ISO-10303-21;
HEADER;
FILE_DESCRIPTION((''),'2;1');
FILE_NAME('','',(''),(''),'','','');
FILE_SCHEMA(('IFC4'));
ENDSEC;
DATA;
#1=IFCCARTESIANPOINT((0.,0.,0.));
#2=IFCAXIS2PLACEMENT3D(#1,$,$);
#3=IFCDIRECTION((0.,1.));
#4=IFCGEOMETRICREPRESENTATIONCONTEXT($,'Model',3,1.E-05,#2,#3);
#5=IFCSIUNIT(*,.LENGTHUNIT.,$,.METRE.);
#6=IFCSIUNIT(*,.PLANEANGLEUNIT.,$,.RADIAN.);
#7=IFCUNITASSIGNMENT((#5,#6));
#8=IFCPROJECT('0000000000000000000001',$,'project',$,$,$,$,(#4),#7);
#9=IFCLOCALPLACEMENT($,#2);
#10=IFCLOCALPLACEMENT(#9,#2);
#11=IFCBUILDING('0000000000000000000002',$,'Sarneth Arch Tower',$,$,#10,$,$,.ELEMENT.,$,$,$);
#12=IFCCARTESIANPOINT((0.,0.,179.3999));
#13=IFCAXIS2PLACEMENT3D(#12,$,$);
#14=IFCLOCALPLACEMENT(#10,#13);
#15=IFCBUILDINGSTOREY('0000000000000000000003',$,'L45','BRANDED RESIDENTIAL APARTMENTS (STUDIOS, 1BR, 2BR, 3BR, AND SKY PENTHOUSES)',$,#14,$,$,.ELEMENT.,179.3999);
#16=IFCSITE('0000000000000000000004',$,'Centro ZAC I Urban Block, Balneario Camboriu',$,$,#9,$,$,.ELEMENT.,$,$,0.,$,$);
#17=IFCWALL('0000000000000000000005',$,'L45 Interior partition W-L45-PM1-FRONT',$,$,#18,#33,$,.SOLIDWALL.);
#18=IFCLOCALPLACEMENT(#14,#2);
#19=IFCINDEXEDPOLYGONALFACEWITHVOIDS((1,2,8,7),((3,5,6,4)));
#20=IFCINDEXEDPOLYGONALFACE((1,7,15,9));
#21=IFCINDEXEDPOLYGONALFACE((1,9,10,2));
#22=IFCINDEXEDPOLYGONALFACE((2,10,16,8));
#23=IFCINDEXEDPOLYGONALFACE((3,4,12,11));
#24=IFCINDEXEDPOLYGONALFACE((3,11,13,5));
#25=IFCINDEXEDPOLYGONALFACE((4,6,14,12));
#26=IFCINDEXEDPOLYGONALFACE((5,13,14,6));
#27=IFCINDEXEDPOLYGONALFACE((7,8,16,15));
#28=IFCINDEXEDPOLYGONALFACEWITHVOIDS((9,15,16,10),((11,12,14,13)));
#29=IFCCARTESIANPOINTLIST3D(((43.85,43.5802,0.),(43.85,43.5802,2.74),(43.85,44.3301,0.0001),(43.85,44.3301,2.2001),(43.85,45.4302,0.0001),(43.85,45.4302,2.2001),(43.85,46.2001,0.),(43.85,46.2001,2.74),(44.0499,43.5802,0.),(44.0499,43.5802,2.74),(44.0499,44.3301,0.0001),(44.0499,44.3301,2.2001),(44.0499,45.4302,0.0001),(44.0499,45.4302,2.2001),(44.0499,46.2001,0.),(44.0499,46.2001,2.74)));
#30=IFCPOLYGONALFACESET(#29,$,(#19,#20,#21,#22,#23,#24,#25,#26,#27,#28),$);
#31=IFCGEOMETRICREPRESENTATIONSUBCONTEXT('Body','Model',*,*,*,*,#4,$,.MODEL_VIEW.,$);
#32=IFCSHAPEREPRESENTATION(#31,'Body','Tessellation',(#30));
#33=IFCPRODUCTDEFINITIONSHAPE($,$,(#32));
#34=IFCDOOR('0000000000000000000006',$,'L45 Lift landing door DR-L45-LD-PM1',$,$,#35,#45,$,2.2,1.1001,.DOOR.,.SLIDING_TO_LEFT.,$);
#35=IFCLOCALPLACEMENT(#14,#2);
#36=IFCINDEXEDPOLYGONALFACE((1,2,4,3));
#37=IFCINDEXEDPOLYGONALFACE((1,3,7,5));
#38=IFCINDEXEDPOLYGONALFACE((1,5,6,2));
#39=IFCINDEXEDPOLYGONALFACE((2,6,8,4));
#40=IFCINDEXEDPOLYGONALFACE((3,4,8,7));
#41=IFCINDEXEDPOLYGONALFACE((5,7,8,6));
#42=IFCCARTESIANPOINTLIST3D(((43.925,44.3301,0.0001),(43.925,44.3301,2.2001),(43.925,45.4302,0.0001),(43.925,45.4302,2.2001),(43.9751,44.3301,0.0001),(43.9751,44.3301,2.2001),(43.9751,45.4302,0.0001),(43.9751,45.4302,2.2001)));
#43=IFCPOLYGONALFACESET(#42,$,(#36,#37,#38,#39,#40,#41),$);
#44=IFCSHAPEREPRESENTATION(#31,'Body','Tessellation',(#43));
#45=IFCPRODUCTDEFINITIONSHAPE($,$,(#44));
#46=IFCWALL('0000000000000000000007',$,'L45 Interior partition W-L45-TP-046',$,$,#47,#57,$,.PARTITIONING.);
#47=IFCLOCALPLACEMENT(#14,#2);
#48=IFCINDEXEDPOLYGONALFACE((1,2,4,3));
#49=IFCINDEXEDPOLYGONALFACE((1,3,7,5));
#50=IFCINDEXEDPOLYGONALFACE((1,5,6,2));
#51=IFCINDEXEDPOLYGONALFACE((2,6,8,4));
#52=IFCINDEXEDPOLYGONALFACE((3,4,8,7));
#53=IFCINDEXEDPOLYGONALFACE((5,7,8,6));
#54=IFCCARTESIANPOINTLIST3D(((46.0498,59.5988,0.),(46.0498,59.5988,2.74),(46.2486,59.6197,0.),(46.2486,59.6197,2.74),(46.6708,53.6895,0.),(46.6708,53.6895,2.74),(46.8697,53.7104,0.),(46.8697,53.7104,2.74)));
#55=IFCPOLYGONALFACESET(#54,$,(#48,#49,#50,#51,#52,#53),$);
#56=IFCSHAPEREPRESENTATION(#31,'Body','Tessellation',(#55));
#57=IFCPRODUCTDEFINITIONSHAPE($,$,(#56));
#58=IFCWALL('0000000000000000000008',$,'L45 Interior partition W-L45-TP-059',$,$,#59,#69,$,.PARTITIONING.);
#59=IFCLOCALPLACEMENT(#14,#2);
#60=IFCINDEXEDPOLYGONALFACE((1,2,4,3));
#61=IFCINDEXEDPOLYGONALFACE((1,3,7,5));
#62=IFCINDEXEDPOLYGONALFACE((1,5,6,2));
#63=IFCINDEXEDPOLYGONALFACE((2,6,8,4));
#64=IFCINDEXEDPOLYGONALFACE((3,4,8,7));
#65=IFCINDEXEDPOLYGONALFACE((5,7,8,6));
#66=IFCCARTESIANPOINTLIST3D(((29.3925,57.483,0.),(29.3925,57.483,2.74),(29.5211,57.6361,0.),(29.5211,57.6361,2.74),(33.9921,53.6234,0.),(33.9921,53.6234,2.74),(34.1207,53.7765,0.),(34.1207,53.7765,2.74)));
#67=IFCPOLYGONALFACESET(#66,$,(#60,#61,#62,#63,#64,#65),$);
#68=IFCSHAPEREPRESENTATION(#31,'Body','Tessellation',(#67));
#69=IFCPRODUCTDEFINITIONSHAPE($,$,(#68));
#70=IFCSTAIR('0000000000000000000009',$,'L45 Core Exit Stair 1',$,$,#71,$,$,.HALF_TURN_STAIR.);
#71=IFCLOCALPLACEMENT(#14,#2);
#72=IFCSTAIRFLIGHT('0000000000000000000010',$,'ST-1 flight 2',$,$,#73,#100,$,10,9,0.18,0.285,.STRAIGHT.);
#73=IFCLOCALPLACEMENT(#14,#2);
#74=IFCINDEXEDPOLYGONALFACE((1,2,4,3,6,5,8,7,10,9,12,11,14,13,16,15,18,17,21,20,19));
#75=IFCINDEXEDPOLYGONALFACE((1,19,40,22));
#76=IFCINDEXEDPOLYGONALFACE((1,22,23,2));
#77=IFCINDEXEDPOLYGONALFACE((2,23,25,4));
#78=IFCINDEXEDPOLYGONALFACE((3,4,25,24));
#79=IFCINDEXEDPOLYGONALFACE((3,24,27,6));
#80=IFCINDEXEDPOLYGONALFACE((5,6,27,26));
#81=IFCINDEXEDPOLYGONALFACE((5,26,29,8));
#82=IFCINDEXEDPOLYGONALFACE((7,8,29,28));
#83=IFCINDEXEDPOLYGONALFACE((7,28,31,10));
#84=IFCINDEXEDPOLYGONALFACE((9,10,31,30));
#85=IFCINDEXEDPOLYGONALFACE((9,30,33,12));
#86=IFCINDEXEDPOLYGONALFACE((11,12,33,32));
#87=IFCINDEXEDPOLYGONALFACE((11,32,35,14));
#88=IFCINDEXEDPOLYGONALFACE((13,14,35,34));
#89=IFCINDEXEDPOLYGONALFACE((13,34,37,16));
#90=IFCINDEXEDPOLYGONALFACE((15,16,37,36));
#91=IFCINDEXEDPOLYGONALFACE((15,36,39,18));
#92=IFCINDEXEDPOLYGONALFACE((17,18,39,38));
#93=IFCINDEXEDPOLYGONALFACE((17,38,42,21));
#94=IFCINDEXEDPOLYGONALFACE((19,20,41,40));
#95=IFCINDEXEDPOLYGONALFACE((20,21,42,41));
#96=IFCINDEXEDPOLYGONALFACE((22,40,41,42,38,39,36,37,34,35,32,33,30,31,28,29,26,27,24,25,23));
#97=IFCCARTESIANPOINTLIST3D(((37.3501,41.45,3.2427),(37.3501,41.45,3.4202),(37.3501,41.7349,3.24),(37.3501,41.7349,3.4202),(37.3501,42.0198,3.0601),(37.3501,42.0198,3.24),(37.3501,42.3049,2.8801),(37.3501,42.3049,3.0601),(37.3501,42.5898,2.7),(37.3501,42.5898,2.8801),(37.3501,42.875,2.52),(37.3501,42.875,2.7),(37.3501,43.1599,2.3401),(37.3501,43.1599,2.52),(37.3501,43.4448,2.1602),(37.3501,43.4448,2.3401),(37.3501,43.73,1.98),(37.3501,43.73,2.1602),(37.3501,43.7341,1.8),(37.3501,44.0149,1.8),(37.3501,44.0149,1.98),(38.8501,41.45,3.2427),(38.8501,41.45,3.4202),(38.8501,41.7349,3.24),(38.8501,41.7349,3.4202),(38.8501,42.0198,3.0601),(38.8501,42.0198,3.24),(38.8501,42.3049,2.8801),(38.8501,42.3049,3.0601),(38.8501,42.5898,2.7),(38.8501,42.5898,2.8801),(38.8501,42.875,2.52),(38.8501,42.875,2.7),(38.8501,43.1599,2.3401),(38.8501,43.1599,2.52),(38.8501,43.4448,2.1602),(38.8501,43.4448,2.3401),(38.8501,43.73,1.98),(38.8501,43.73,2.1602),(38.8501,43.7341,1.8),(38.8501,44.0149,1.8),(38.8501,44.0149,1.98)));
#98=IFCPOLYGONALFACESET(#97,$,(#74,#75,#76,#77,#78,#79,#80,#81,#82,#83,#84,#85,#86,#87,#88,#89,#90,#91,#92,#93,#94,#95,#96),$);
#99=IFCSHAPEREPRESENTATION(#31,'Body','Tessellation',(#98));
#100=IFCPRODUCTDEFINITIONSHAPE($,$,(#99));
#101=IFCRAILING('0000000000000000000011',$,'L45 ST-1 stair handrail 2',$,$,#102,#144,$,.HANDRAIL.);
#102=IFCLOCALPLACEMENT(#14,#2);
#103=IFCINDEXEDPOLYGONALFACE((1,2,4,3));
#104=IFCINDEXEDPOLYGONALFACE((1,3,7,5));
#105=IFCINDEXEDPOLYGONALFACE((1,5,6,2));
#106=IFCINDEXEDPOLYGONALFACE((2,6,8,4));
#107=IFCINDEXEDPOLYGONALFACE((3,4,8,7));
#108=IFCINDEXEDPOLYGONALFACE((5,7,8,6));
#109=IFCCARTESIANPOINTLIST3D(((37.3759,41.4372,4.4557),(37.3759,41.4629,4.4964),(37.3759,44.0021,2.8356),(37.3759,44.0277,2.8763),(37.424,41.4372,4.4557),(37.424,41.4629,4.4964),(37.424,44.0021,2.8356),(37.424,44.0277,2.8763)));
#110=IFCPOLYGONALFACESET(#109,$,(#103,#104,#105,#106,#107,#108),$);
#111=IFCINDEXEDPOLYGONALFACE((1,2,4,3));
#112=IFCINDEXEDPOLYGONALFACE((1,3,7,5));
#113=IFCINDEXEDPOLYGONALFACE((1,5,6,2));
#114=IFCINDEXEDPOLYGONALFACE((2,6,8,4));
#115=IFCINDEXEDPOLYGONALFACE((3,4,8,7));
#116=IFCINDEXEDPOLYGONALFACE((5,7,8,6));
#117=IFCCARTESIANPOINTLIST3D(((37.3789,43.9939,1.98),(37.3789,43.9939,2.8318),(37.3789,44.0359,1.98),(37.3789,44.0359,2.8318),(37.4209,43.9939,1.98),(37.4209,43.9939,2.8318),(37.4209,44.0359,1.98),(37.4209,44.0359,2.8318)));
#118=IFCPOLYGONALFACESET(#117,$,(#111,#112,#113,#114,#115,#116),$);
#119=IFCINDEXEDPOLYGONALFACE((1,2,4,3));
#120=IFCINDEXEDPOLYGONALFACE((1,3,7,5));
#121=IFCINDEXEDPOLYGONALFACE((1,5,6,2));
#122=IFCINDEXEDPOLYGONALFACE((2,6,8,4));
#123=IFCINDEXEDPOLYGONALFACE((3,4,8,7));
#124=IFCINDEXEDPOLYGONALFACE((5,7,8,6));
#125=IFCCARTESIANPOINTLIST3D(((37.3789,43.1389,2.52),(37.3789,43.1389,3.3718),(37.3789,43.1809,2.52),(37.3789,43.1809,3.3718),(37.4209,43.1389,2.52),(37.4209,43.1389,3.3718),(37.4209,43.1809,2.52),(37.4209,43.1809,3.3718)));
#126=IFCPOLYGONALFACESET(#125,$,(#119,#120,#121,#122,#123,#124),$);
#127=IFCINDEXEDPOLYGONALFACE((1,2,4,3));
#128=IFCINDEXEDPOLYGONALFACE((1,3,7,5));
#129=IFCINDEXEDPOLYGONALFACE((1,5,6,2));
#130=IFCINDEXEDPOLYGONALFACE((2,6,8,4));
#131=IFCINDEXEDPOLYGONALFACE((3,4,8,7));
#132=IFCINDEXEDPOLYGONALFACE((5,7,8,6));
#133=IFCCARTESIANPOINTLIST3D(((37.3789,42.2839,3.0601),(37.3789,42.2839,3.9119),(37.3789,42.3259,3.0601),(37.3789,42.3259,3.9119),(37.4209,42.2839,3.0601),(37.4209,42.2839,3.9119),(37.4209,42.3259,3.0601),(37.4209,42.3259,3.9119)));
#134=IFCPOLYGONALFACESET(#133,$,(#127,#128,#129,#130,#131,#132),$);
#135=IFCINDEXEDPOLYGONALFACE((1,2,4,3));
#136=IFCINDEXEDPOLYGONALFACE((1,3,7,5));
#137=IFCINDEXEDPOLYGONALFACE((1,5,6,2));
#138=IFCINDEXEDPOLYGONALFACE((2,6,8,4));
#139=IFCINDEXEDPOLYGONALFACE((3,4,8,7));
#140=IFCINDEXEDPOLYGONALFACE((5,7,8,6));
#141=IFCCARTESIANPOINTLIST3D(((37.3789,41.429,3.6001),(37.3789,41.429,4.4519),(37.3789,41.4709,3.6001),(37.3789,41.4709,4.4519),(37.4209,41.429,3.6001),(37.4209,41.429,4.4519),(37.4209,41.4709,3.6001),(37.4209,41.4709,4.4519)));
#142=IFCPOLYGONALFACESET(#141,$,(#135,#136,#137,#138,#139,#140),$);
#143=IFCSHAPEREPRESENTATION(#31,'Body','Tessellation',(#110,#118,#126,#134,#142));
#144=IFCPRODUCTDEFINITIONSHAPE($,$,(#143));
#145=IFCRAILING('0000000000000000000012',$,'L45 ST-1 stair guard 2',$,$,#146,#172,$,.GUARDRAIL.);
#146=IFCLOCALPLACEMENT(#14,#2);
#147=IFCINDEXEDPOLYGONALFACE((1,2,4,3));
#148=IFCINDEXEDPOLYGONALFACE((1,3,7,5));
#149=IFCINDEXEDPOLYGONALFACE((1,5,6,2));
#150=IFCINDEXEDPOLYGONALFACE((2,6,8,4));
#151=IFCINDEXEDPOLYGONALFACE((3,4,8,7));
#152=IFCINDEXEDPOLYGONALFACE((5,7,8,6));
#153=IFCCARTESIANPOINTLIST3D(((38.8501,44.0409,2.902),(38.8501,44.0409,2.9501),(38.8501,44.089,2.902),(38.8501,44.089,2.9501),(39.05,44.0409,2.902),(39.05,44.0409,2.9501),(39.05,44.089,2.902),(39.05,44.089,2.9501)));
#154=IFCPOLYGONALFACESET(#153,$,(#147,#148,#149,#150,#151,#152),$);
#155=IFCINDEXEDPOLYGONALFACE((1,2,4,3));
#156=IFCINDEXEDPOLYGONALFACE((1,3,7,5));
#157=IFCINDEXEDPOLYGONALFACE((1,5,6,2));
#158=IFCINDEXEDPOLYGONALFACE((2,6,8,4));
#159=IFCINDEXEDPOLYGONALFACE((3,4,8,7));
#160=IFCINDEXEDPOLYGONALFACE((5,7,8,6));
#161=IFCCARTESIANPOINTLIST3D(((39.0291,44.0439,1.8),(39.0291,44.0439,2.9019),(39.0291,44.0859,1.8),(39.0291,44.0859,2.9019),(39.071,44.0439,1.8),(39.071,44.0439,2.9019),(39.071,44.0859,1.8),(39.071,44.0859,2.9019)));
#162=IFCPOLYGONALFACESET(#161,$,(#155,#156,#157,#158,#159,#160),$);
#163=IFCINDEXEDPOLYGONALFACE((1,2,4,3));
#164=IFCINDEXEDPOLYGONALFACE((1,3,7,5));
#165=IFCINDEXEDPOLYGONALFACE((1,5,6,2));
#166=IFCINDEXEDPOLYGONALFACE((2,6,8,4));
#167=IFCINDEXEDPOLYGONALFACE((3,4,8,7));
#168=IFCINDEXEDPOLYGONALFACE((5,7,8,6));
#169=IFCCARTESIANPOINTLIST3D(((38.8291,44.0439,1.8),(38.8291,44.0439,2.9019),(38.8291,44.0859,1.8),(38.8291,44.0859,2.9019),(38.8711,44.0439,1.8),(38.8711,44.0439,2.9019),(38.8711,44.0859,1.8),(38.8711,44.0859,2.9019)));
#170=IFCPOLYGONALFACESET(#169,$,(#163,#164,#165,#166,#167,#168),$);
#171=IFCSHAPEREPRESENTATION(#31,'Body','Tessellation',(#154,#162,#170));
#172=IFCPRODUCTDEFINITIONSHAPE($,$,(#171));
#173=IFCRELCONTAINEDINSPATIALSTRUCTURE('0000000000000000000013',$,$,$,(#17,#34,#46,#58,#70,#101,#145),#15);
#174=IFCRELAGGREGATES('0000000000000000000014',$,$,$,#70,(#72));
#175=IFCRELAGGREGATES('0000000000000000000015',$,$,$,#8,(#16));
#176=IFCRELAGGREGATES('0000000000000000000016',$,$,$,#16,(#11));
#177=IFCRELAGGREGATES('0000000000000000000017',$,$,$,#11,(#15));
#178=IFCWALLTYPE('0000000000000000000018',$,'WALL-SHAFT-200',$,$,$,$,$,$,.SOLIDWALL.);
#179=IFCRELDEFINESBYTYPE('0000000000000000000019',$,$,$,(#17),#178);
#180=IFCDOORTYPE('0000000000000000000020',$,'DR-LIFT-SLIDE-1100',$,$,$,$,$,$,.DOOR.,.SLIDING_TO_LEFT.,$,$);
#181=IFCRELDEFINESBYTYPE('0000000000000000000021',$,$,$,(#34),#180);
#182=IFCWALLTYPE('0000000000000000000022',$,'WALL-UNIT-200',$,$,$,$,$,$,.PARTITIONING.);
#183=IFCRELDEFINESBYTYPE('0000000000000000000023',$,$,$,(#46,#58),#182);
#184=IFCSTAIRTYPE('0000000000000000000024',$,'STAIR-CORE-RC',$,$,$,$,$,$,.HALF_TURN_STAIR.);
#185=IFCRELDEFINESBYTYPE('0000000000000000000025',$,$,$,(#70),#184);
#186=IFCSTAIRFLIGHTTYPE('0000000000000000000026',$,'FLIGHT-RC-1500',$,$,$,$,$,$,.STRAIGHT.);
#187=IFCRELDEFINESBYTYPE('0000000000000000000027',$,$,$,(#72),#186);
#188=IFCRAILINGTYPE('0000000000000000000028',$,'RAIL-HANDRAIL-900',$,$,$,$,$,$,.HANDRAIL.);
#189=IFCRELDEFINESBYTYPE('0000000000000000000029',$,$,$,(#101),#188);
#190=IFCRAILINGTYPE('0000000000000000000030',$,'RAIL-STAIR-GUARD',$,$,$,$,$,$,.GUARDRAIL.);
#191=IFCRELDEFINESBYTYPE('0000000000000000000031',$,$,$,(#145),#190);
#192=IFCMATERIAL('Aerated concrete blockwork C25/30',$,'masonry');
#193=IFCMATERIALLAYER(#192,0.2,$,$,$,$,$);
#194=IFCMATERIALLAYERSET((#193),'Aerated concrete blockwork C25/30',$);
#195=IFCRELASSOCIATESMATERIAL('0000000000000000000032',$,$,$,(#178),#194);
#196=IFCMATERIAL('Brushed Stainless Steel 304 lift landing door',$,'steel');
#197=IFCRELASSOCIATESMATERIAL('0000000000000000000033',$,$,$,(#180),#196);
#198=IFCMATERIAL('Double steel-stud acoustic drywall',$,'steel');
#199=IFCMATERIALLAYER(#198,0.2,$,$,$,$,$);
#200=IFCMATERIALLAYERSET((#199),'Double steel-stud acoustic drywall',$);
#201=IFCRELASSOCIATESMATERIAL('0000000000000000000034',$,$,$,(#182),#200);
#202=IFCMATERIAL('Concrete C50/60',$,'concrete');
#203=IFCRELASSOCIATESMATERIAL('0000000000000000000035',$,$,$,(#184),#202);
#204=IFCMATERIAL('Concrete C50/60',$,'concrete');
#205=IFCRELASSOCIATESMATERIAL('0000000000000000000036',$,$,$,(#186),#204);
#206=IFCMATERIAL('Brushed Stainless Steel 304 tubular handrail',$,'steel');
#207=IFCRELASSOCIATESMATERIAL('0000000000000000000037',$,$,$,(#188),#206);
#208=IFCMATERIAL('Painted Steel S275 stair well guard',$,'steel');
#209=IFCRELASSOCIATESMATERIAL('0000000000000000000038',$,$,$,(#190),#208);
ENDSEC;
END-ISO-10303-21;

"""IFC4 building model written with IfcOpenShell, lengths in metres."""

from ifc_helpers import new_model, si_unit, direction, frame, frame_2d, origin, origin_2d, place, context, subcontext, project, spatial, polyline, rectangle, outline, extrude, material, layer, layer_set, type_object, element, fill, aggregate, save


model = new_model("IFC4")

# Units and contexts
model_context = context("Model", 3, precision=1e-05, world=origin(), true_north=direction((0.0, 1.0)))
body_context = subcontext(model_context, "Body", "Model", "MODEL_VIEW")
ifc_project = project(units=[si_unit("LENGTHUNIT", "METRE"), si_unit("PLANEANGLEUNIT", "RADIAN")], contexts=[model_context])

# Site, building, storey
site_placement = place(None, origin())
site = spatial("IfcSite", under=ifc_project, at=site_placement, Name="Centro ZAC I Urban Block, Balneario Camboriu", CompositionType="ELEMENT", RefElevation=0.0)
building_placement = place(site_placement, origin())
building = spatial("IfcBuilding", under=site, at=building_placement, Name="Sarneth Arch Tower", CompositionType="ELEMENT")
storey_placement = place(building_placement, frame((0.0, 0.0, 179.3999)))
storey = spatial("IfcBuildingStorey", under=building, at=storey_placement, Name="L45", Description="BRANDED RESIDENTIAL APARTMENTS (STUDIOS, 1BR, 2BR, 3BR, AND SKY PENTHOUSES)", CompositionType="ELEMENT", Elevation=179.3999)

# Shared definitions
ifc_material_1 = material(Name="Aerated concrete blockwork C25/30", Category="masonry")
ifc_layer_1 = layer(ifc_material_1, 0.2)
ifc_layer_set_1 = layer_set([ifc_layer_1], Name="Aerated concrete blockwork C25/30")
wall_type_1 = type_object("IfcWallType", Name="WALL-SHAFT-200", PredefinedType="SOLIDWALL", material=ifc_layer_set_1)

# Wall, opening, door
wall_1_placement = place(storey_placement, frame((43.95, 43.5801, 0.0), z_axis=(0.0, 0.0, 1.0), x_axis=(0.0, 1.0, 0.0)))
wall_1 = element("IfcWall", 1, at=wall_1_placement, inside=storey, type_object=wall_type_1, Name="L45 Interior partition W-L45-PM1-FRONT", PredefinedType="SOLIDWALL", context=body_context, shape_type="SweptSolid", body=[
    extrude(rectangle(XDim=2.6199, YDim=0.2, at=frame_2d((1.3101, 0.0))), origin(), (0.0, 0.0, 1.0), 2.74),
])
opening_1_placement = place(wall_1_placement, frame((0.75, 0.0, 0.0)))
opening_1 = element("IfcOpeningElement", 2, at=opening_1_placement, cuts=wall_1, PredefinedType="OPENING", context=body_context, shape_type="SweptSolid", body=[
    extrude(rectangle(XDim=1.1001, YDim=2.2, at=frame_2d((0.55, 1.1001))), frame((0.0, 0.1099, 0.0), z_axis=(0.0, -1.0, 0.0), x_axis=(1.0, 0.0, 0.0)), (0.0, 0.0, 1.0), 0.22),
])
ifc_material_2 = material(Name="Brushed Stainless Steel 304 lift landing door", Category="steel")
door_type_1 = type_object("IfcDoorType", Name="DR-LIFT-SLIDE-1100", OperationType="SLIDING_TO_LEFT", PredefinedType="DOOR", material=ifc_material_2)
door_1_placement = place(opening_1_placement, origin())
door_1 = element("IfcDoor", 3, at=door_1_placement, inside=storey, type_object=door_type_1, Name="L45 Lift landing door DR-L45-LD-PM1", OperationType="SLIDING_TO_LEFT", OverallHeight=2.2, OverallWidth=1.1001, PredefinedType="DOOR", context=body_context, shape_type="SweptSolid", body=[
    extrude(rectangle(XDim=1.1001, YDim=2.2, at=frame_2d((0.55, 1.1001))), frame((0.0, 0.0249, 0.0), z_axis=(0.0, -1.0, 0.0), x_axis=(1.0, 0.0, 0.0)), (0.0, 0.0, 1.0), 0.05),
])
fill(opening_1, door_1)

# Walls
ifc_material_3 = material(Name="Double steel-stud acoustic drywall", Category="steel")
ifc_layer_2 = layer(ifc_material_3, 0.2)
ifc_layer_set_2 = layer_set([ifc_layer_2], Name="Double steel-stud acoustic drywall")
wall_type_2 = type_object("IfcWallType", Name="WALL-UNIT-200", PredefinedType="PARTITIONING", material=ifc_layer_set_2)
wall_2_placement = place(storey_placement, frame((46.7703, 53.7, 0.0), z_axis=(0.0, 0.0, 1.0), x_axis=(-0.104527, 0.994522, 0.0)))
element("IfcWall", 4, at=wall_2_placement, inside=storey, type_object=wall_type_2, Name="L45 Interior partition W-L45-TP-046", PredefinedType="PARTITIONING", context=body_context, shape_type="SweptSolid", body=[
    extrude(rectangle(XDim=5.9419, YDim=0.2, at=frame_2d((2.9709, 0.0))), origin(), (0.0, 0.0, 1.0), 2.74),
])
wall_3_placement = place(storey_placement, frame((34.0564, 53.7, 0.0), z_axis=(0.0, 0.0, 1.0), x_axis=(-0.766037, 0.642796, 0.0)))
element("IfcWall", 5, at=wall_3_placement, inside=storey, type_object=wall_type_2, Name="L45 Interior partition W-L45-TP-059", PredefinedType="PARTITIONING", context=body_context, shape_type="SweptSolid", body=[
    extrude(rectangle(XDim=6.0044, YDim=0.2, at=frame_2d((3.0022, 0.0))), origin(), (0.0, 0.0, 1.0), 2.74),
])

# Stair, stair flight
ifc_material_4 = material(Name="Concrete C50/60", Category="concrete")
stair_type = type_object("IfcStairType", Name="STAIR-CORE-RC", PredefinedType="HALF_TURN_STAIR", material=ifc_material_4)
stair_placement = place(storey_placement, origin())
stair = element("IfcStair", 6, at=stair_placement, inside=storey, type_object=stair_type, Name="L45 Core Exit Stair 1", PredefinedType="HALF_TURN_STAIR")
ifc_material_5 = material(Name="Concrete C50/60", Category="concrete")
stair_flight_type = type_object("IfcStairFlightType", Name="FLIGHT-RC-1500", PredefinedType="STRAIGHT", material=ifc_material_5)
stair_flight_placement = place(storey_placement, frame((38.1001, 44.0149, 1.8), z_axis=(0.0, 0.0, 1.0), x_axis=(0.0, -1.0, 0.0)))
stair_flight = element("IfcStairFlight", 7, at=stair_flight_placement, type_object=stair_flight_type, Name="ST-1 flight 2", NumberOfRisers=10, NumberOfTreads=9, PredefinedType="STRAIGHT", RiserHeight=0.18, TreadLength=0.285, context=body_context, shape_type="SweptSolid", body=[
    extrude(outline(polyline([(0.0, 0.0), (0.0, 0.1799), (0.2849, 0.1799), (0.2849, 0.3601), (0.5701, 0.3601), (0.5701, 0.54), (0.855, 0.54), (0.855, 0.72), (1.1399, 0.72), (1.1399, 0.8999), (1.425, 0.8999), (1.425, 1.0801), (1.71, 1.0801), (1.71, 1.26), (1.9951, 1.26), (1.9951, 1.4399), (2.28, 1.4399), (2.28, 1.6201), (2.5649, 1.6201), (2.5649, 1.8), (2.5649, 1.4426), (0.2808, 0.0), (0.0, 0.0)])), frame((0.0, 0.75, 0.0), z_axis=(0.0, -1.0, 0.0), x_axis=(1.0, 0.0, 0.0)), (0.0, 0.0, 1.0), 1.5),
])
aggregate(stair, [stair_flight])

# Railings
ifc_material_6 = material(Name="Brushed Stainless Steel 304 tubular handrail", Category="steel")
railing_type_1 = type_object("IfcRailingType", Name="RAIL-HANDRAIL-900", PredefinedType="HANDRAIL", material=ifc_material_6)
railing_1_placement = place(storey_placement, frame((37.3999, 44.0149, 1.98)))
element("IfcRailing", 8, at=railing_1_placement, inside=storey, type_object=railing_type_1, Name="L45 ST-1 stair handrail 2", PredefinedType="HANDRAIL", context=body_context, shape_type="SweptSolid", body=[
    extrude(rectangle(XDim=0.0481, YDim=0.0481, at=origin_2d()), frame((0.0, 0.0, 0.876), z_axis=(0.0, -0.845466, 0.534029), x_axis=(1.0, 0.0, 0.0)), (0.0, 0.0, 1.0), 3.0337),
    extrude(rectangle(XDim=0.042, YDim=0.042, at=origin_2d()), origin(), (0.0, 0.0, 1.0), 0.8518),
    extrude(rectangle(XDim=0.042, YDim=0.042, at=origin_2d()), frame((0.0, -0.855, 0.54)), (0.0, 0.0, 1.0), 0.8518),
    extrude(rectangle(XDim=0.042, YDim=0.042, at=origin_2d()), frame((0.0, -1.71, 1.0801)), (0.0, 0.0, 1.0), 0.8518),
    extrude(rectangle(XDim=0.042, YDim=0.042, at=origin_2d()), frame((0.0, -2.5649, 1.6201)), (0.0, 0.0, 1.0), 0.8518),
])
ifc_material_7 = material(Name="Painted Steel S275 stair well guard", Category="steel")
railing_type_2 = type_object("IfcRailingType", Name="RAIL-STAIR-GUARD", PredefinedType="GUARDRAIL", material=ifc_material_7)
railing_2_placement = place(storey_placement, frame((39.05, 44.0649, 1.8)))
element("IfcRailing", 9, at=railing_2_placement, inside=storey, type_object=railing_type_2, Name="L45 ST-1 stair guard 2", PredefinedType="GUARDRAIL", context=body_context, shape_type="SweptSolid", body=[
    extrude(rectangle(XDim=0.0481, YDim=0.0481, at=origin_2d()), frame((0.0, 0.0, 1.126), z_axis=(-1.0, 0.0, 0.0), x_axis=(0.0, -1.0, 0.0)), (0.0, 0.0, 1.0), 0.2),
    extrude(rectangle(XDim=0.042, YDim=0.042, at=origin_2d()), origin(), (0.0, 0.0, 1.0), 1.1018),
    extrude(rectangle(XDim=0.042, YDim=0.042, at=origin_2d()), frame((-0.2, 0.0, 0.0)), (0.0, 0.0, 1.0), 1.1018),
])

save(model, "model.ifc")
